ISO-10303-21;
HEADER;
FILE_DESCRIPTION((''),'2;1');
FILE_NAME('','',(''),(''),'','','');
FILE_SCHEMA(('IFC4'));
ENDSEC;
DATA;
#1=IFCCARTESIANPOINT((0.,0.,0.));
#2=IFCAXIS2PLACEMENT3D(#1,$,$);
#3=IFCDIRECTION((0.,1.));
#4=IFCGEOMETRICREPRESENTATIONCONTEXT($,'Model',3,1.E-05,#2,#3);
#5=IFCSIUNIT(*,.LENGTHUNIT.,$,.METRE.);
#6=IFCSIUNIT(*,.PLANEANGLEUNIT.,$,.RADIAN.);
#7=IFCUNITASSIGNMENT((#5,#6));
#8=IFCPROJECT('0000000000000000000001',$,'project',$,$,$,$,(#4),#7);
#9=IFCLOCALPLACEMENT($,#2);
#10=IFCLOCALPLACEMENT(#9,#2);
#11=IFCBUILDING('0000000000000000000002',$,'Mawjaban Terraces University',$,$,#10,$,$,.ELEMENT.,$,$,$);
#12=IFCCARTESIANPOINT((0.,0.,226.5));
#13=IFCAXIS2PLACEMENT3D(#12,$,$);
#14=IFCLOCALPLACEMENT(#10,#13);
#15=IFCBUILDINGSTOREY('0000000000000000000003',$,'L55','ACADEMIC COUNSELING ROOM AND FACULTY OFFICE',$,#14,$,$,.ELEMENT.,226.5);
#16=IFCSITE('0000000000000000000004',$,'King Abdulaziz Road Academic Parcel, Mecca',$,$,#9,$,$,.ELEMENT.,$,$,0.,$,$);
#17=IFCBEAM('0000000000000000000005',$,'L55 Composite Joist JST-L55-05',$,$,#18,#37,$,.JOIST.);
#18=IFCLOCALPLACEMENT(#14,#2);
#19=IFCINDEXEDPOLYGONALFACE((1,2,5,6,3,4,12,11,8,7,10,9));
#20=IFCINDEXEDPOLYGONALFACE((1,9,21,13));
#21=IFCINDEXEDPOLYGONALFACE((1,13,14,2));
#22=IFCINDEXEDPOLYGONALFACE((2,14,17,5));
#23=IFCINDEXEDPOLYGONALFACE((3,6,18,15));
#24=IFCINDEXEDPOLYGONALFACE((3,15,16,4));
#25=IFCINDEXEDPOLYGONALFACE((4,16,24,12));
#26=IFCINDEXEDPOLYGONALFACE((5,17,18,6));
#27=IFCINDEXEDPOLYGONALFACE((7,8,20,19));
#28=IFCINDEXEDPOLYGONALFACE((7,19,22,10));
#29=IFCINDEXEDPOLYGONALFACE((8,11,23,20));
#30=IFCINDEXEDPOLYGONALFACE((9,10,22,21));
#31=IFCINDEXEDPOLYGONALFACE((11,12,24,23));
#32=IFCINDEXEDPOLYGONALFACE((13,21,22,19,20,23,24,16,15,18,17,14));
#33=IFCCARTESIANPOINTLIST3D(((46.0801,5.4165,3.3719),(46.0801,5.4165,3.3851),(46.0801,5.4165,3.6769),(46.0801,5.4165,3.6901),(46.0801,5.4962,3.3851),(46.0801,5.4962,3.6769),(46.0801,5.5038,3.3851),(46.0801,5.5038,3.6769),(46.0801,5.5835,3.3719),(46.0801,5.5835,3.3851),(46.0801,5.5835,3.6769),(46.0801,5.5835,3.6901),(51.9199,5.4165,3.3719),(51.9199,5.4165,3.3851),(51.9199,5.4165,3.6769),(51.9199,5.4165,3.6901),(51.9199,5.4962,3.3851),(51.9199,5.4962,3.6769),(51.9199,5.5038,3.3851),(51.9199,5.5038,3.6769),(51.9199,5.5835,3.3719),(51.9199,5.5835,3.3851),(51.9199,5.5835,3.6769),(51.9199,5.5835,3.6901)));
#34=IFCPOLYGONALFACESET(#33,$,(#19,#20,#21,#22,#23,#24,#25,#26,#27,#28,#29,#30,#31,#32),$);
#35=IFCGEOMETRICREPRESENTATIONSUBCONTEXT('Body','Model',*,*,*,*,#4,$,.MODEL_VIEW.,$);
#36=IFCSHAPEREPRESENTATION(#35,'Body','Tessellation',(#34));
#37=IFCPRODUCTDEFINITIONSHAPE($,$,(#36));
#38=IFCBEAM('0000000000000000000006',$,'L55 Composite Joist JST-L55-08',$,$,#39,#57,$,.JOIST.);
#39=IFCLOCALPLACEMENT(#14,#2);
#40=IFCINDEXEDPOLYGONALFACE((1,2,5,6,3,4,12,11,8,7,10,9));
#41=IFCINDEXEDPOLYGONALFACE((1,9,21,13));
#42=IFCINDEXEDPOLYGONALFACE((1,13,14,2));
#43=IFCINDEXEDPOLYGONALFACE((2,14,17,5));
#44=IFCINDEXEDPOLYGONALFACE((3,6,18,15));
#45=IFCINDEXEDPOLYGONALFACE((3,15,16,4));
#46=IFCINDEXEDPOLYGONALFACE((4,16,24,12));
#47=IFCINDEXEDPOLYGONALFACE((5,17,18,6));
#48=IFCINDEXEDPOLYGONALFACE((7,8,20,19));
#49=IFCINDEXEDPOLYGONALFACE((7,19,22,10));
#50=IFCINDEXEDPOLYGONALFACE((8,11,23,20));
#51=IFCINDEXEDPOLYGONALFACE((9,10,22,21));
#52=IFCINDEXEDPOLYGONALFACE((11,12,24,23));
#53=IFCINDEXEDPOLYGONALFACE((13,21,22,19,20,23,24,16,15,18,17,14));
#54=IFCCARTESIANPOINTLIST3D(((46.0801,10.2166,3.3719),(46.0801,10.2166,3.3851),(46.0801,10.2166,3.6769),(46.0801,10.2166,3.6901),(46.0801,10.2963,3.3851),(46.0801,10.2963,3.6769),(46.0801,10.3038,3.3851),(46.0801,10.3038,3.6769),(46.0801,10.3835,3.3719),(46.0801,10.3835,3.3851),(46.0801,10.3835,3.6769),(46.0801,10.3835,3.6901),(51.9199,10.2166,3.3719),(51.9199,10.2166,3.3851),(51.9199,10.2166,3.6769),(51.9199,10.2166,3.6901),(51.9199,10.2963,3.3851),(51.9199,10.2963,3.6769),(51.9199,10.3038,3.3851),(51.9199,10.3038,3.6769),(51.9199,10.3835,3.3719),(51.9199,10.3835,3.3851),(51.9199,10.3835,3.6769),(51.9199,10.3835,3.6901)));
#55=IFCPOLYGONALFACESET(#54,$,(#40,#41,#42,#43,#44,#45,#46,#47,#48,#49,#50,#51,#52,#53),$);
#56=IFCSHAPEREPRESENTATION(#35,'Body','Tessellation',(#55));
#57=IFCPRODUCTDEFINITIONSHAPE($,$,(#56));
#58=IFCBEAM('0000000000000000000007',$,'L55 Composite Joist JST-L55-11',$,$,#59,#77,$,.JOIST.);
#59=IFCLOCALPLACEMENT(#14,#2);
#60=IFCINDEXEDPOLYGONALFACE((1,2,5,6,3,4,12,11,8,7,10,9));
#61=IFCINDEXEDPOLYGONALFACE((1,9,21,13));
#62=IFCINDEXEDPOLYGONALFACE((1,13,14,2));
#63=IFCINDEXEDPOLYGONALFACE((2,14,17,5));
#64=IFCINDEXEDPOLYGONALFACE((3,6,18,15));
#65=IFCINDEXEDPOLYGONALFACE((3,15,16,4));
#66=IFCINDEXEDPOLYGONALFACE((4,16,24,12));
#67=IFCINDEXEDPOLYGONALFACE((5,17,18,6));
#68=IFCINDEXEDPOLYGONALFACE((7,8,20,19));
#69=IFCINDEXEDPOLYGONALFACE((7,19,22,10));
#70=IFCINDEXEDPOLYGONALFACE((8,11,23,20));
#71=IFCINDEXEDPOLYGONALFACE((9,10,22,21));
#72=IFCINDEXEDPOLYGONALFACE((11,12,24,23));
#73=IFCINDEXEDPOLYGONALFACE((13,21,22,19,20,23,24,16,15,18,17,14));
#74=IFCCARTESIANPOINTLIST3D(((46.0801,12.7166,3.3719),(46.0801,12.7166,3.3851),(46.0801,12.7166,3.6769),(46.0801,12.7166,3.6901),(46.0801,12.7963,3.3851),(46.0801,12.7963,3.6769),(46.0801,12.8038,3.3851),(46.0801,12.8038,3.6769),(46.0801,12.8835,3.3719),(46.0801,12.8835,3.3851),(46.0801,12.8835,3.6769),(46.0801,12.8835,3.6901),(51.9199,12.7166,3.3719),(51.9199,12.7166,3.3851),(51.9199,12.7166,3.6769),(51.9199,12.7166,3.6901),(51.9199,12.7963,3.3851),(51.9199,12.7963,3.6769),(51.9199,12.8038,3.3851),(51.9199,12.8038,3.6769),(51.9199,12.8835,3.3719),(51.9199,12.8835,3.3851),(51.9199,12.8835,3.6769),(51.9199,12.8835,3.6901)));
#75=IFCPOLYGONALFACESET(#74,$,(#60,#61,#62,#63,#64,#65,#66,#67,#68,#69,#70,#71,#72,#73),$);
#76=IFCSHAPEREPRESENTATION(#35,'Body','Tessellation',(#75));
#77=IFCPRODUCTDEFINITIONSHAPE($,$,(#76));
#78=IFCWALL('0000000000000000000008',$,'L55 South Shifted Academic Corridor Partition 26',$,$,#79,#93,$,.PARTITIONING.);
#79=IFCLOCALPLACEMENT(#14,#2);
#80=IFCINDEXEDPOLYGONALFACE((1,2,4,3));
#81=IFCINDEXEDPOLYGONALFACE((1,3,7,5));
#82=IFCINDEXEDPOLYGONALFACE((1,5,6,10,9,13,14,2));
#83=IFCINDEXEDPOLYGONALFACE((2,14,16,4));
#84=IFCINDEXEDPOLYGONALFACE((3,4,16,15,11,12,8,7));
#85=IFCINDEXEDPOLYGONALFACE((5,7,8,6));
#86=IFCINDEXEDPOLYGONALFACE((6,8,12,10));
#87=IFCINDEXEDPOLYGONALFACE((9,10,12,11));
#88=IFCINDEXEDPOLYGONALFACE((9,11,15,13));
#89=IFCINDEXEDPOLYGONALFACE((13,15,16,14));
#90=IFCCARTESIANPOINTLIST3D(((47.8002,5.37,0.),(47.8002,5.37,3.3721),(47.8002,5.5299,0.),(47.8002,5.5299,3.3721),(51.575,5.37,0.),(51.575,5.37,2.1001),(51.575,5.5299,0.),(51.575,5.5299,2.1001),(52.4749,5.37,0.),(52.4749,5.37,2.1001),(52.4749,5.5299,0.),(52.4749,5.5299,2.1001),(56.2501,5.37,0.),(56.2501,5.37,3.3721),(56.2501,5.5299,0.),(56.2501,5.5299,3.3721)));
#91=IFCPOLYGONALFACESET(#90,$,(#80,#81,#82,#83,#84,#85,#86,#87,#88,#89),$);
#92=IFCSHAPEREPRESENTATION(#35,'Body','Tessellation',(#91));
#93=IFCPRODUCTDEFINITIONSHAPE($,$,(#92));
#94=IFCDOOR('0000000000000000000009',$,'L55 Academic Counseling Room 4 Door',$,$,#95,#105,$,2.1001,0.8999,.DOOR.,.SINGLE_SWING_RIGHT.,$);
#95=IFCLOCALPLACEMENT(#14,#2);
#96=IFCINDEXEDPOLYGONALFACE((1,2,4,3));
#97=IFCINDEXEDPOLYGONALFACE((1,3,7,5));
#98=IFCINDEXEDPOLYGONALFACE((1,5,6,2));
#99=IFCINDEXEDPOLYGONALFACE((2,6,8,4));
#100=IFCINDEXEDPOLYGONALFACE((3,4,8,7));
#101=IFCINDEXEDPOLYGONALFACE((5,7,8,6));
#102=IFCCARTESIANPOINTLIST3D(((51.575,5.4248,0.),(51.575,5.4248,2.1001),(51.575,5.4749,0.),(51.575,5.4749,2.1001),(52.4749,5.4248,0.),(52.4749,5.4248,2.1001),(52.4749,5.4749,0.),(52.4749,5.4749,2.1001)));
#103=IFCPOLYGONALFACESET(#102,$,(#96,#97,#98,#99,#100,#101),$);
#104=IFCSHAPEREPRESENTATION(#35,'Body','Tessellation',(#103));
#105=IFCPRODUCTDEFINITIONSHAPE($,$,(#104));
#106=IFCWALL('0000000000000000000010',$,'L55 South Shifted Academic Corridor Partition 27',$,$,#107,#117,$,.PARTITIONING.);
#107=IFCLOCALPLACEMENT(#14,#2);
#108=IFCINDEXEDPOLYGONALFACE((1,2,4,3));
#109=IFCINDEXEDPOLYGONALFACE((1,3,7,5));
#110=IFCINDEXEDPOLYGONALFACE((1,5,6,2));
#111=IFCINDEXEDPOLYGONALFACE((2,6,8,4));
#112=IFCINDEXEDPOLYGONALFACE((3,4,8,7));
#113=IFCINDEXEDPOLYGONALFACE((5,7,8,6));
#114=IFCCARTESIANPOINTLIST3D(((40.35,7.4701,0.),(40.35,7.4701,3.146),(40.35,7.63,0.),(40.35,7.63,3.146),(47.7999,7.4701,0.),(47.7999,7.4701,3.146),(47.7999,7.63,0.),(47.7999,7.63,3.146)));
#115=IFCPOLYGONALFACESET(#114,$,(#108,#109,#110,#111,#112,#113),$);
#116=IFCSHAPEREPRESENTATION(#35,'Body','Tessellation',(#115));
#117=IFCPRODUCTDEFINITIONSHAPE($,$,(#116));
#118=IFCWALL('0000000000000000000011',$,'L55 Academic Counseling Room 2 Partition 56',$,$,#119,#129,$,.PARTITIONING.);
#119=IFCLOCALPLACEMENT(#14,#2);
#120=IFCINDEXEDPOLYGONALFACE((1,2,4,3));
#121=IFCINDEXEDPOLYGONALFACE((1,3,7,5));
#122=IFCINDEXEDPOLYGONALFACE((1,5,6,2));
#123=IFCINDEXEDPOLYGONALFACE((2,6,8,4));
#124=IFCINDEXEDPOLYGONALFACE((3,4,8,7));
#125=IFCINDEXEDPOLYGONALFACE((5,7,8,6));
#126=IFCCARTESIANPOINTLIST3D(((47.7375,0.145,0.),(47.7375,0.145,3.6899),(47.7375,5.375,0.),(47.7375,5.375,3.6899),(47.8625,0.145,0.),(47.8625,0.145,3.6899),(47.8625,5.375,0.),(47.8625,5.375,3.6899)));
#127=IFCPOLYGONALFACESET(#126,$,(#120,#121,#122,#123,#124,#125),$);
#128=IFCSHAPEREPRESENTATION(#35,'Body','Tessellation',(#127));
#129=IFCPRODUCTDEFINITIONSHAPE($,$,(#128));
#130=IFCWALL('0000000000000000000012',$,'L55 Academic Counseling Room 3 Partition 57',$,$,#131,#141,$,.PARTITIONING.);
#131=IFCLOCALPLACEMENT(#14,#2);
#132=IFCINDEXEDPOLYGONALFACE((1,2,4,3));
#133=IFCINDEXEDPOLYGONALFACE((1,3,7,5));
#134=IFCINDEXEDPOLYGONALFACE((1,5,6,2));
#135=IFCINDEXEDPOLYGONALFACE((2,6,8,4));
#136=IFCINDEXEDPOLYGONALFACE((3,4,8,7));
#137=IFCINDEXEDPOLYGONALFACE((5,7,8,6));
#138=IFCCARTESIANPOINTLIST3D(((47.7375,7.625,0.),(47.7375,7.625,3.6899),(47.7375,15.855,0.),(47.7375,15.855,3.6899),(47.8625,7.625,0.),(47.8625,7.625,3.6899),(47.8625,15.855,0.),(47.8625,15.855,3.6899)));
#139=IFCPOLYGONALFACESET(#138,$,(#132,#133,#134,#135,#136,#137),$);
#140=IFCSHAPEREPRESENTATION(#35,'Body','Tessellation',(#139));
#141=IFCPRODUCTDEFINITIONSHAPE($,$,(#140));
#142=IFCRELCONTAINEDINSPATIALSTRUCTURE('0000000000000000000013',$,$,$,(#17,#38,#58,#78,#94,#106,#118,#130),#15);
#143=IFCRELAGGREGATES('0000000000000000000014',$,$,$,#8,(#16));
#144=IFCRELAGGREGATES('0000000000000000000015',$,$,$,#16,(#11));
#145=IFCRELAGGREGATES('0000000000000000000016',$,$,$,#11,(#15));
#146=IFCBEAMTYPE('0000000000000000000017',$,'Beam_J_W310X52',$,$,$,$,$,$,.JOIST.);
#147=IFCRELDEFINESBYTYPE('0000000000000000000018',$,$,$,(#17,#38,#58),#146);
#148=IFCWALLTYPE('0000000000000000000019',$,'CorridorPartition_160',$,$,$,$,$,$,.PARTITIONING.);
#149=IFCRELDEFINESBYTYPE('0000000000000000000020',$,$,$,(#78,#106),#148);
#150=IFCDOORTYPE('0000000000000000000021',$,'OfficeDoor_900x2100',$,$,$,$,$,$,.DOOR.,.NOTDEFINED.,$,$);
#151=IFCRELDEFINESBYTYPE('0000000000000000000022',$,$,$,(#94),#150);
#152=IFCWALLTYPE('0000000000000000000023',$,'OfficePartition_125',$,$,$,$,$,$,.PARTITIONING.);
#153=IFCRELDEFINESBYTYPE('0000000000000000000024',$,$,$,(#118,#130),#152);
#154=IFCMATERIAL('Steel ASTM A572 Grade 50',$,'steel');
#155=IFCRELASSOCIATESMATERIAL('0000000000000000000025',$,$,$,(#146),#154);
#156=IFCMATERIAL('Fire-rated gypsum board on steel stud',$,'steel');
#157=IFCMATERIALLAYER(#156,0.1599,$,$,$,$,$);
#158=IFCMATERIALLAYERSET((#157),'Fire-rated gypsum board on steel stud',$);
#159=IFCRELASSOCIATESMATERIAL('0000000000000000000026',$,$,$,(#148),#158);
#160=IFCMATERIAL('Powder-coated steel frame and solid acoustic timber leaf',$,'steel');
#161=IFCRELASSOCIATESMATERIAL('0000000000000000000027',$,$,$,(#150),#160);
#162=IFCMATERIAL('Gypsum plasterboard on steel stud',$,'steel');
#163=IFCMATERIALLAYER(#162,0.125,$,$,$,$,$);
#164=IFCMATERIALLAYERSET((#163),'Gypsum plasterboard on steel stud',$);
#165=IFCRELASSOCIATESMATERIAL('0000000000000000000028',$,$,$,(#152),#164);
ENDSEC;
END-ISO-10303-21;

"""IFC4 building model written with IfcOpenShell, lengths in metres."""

from ifc_helpers import new_model, si_unit, direction, frame, frame_2d, origin, origin_2d, place, context, subcontext, project, spatial, rectangle, i_section, extrude, material, layer, layer_set, material_profile, profile_set, type_object, element, fill, save


model = new_model("IFC4")

# Units and contexts
model_context = context("Model", 3, precision=1e-05, world=origin(), true_north=direction((0.0, 1.0)))
body_context = subcontext(model_context, "Body", "Model", "MODEL_VIEW")
ifc_project = project(units=[si_unit("LENGTHUNIT", "METRE"), si_unit("PLANEANGLEUNIT", "RADIAN")], contexts=[model_context])

# Site, building, storey
site_placement = place(None, origin())
site = spatial("IfcSite", under=ifc_project, at=site_placement, Name="King Abdulaziz Road Academic Parcel, Mecca", CompositionType="ELEMENT", RefElevation=0.0)
building_placement = place(site_placement, origin())
building = spatial("IfcBuilding", under=site, at=building_placement, Name="Mawjaban Terraces University", CompositionType="ELEMENT")
storey_placement = place(building_placement, frame((0.0, 0.0, 226.5)))
storey = spatial("IfcBuildingStorey", under=building, at=storey_placement, Name="L55", Description="ACADEMIC COUNSELING ROOM AND FACULTY OFFICE", CompositionType="ELEMENT", Elevation=226.5)

# Beams
ifc_material_1 = material(Name="Steel ASTM A572 Grade 50", Category="steel")
ifc_material_profile_1 = material_profile(ifc_material_1, i_section(OverallWidth=0.167, OverallDepth=0.3181, WebThickness=0.0076, FlangeThickness=0.0132, at=origin_2d()), Name="W310X52")
ifc_profile_set_1 = profile_set([ifc_material_profile_1], Name="Steel ASTM A572 Grade 50")
beam_type_1 = type_object("IfcBeamType", Name="Beam_J_W310X52", PredefinedType="JOIST", material=ifc_profile_set_1)
for number, where, z_axis, x_axis, name in (
    (1, (46.0801, 5.5, 3.531), (1.0, 0.0, 0.0), (0.0, 1.0, 0.0), "L55 Composite Joist JST-L55-05"),
    (2, (46.0801, 10.3, 3.531), (1.0, 0.0, 0.0), (0.0, 1.0, 0.0), "L55 Composite Joist JST-L55-08"),
    (3, (46.0801, 12.8, 3.531), (1.0, 0.0, 0.0), (0.0, 1.0, 0.0), "L55 Composite Joist JST-L55-11"),
):
    element("IfcBeam", number, at=place(storey_placement, frame(where, z_axis=z_axis, x_axis=x_axis)), inside=storey, type_object=beam_type_1, Name=name, PredefinedType="JOIST", context=body_context, shape_type="SweptSolid", body=[
        extrude(i_section(OverallWidth=0.167, OverallDepth=0.3181, WebThickness=0.0076, FlangeThickness=0.0132, at=origin_2d()), origin(), (0.0, 0.0, 1.0), 5.8398),
    ])

# Wall, opening, door
ifc_material_2 = material(Name="Fire-rated gypsum board on steel stud", Category="steel")
ifc_layer_1 = layer(ifc_material_2, 0.1599)
ifc_layer_set_1 = layer_set([ifc_layer_1], Name="Fire-rated gypsum board on steel stud")
wall_type_1 = type_object("IfcWallType", Name="CorridorPartition_160", PredefinedType="PARTITIONING", material=ifc_layer_set_1)
wall_1_placement = place(storey_placement, frame((47.8, 5.45, 0.0), z_axis=(0.0, 0.0, 1.0), x_axis=(1.0, 0.0, 0.0)))
wall_1 = element("IfcWall", 4, at=wall_1_placement, inside=storey, type_object=wall_type_1, Name="L55 South Shifted Academic Corridor Partition 26", PredefinedType="PARTITIONING", context=body_context, shape_type="SweptSolid", body=[
    extrude(rectangle(XDim=8.45, YDim=0.1599, at=frame_2d((4.2251, 0.0))), origin(), (0.0, 0.0, 1.0), 3.3721),
])
opening_placement = place(wall_1_placement, frame((3.7749, 0.0, 0.0)))
opening = element("IfcOpeningElement", 5, at=opening_placement, cuts=wall_1, PredefinedType="OPENING", context=body_context, shape_type="SweptSolid", body=[
    extrude(rectangle(XDim=0.8999, YDim=2.1001, at=frame_2d((0.45, 1.05))), frame((0.0, 0.0898, 0.0), z_axis=(0.0, -1.0, 0.0), x_axis=(1.0, 0.0, 0.0)), (0.0, 0.0, 1.0), 0.1799),
])
ifc_material_3 = material(Name="Powder-coated steel frame and solid acoustic timber leaf", Category="steel")
door_type = type_object("IfcDoorType", Name="OfficeDoor_900x2100", OperationType="NOTDEFINED", PredefinedType="DOOR", material=ifc_material_3)
door_placement = place(opening_placement, origin())
door = element("IfcDoor", 6, at=door_placement, inside=storey, type_object=door_type, Name="L55 Academic Counseling Room 4 Door", OperationType="SINGLE_SWING_RIGHT", OverallHeight=2.1001, OverallWidth=0.8999, PredefinedType="DOOR", context=body_context, shape_type="SweptSolid", body=[
    extrude(rectangle(XDim=0.8999, YDim=2.1001, at=frame_2d((0.45, 1.05))), frame((0.0, 0.0249, 0.0), z_axis=(0.0, -1.0, 0.0), x_axis=(1.0, 0.0, 0.0)), (0.0, 0.0, 1.0), 0.05),
])
fill(opening, door)

# Walls
wall_2_placement = place(storey_placement, frame((47.8, 7.55, 0.0), z_axis=(0.0, 0.0, 1.0), x_axis=(-1.0, 0.0, 0.0)))
element("IfcWall", 7, at=wall_2_placement, inside=storey, type_object=wall_type_1, Name="L55 South Shifted Academic Corridor Partition 27", PredefinedType="PARTITIONING", context=body_context, shape_type="SweptSolid", body=[
    extrude(rectangle(XDim=7.45, YDim=0.1599, at=frame_2d((3.7251, 0.0))), origin(), (0.0, 0.0, 1.0), 3.146),
])
ifc_material_4 = material(Name="Gypsum plasterboard on steel stud", Category="steel")
ifc_layer_2 = layer(ifc_material_4, 0.125)
ifc_layer_set_2 = layer_set([ifc_layer_2], Name="Gypsum plasterboard on steel stud")
wall_type_2 = type_object("IfcWallType", Name="OfficePartition_125", PredefinedType="PARTITIONING", material=ifc_layer_set_2)
wall_3_placement = place(storey_placement, frame((47.8, 0.145, 0.0), z_axis=(0.0, 0.0, 1.0), x_axis=(0.0, 1.0, 0.0)))
element("IfcWall", 8, at=wall_3_placement, inside=storey, type_object=wall_type_2, Name="L55 Academic Counseling Room 2 Partition 56", PredefinedType="PARTITIONING", context=body_context, shape_type="SweptSolid", body=[
    extrude(rectangle(XDim=5.23, YDim=0.125, at=frame_2d((2.615, 0.0))), origin(), (0.0, 0.0, 1.0), 3.6899),
])
wall_4_placement = place(storey_placement, frame((47.8, 7.625, 0.0), z_axis=(0.0, 0.0, 1.0), x_axis=(0.0, 1.0, 0.0)))
element("IfcWall", 9, at=wall_4_placement, inside=storey, type_object=wall_type_2, Name="L55 Academic Counseling Room 3 Partition 57", PredefinedType="PARTITIONING", context=body_context, shape_type="SweptSolid", body=[
    extrude(rectangle(XDim=8.23, YDim=0.125, at=frame_2d((4.115, 0.0))), origin(), (0.0, 0.0, 1.0), 3.6899),
])

save(model, "model.ifc")
